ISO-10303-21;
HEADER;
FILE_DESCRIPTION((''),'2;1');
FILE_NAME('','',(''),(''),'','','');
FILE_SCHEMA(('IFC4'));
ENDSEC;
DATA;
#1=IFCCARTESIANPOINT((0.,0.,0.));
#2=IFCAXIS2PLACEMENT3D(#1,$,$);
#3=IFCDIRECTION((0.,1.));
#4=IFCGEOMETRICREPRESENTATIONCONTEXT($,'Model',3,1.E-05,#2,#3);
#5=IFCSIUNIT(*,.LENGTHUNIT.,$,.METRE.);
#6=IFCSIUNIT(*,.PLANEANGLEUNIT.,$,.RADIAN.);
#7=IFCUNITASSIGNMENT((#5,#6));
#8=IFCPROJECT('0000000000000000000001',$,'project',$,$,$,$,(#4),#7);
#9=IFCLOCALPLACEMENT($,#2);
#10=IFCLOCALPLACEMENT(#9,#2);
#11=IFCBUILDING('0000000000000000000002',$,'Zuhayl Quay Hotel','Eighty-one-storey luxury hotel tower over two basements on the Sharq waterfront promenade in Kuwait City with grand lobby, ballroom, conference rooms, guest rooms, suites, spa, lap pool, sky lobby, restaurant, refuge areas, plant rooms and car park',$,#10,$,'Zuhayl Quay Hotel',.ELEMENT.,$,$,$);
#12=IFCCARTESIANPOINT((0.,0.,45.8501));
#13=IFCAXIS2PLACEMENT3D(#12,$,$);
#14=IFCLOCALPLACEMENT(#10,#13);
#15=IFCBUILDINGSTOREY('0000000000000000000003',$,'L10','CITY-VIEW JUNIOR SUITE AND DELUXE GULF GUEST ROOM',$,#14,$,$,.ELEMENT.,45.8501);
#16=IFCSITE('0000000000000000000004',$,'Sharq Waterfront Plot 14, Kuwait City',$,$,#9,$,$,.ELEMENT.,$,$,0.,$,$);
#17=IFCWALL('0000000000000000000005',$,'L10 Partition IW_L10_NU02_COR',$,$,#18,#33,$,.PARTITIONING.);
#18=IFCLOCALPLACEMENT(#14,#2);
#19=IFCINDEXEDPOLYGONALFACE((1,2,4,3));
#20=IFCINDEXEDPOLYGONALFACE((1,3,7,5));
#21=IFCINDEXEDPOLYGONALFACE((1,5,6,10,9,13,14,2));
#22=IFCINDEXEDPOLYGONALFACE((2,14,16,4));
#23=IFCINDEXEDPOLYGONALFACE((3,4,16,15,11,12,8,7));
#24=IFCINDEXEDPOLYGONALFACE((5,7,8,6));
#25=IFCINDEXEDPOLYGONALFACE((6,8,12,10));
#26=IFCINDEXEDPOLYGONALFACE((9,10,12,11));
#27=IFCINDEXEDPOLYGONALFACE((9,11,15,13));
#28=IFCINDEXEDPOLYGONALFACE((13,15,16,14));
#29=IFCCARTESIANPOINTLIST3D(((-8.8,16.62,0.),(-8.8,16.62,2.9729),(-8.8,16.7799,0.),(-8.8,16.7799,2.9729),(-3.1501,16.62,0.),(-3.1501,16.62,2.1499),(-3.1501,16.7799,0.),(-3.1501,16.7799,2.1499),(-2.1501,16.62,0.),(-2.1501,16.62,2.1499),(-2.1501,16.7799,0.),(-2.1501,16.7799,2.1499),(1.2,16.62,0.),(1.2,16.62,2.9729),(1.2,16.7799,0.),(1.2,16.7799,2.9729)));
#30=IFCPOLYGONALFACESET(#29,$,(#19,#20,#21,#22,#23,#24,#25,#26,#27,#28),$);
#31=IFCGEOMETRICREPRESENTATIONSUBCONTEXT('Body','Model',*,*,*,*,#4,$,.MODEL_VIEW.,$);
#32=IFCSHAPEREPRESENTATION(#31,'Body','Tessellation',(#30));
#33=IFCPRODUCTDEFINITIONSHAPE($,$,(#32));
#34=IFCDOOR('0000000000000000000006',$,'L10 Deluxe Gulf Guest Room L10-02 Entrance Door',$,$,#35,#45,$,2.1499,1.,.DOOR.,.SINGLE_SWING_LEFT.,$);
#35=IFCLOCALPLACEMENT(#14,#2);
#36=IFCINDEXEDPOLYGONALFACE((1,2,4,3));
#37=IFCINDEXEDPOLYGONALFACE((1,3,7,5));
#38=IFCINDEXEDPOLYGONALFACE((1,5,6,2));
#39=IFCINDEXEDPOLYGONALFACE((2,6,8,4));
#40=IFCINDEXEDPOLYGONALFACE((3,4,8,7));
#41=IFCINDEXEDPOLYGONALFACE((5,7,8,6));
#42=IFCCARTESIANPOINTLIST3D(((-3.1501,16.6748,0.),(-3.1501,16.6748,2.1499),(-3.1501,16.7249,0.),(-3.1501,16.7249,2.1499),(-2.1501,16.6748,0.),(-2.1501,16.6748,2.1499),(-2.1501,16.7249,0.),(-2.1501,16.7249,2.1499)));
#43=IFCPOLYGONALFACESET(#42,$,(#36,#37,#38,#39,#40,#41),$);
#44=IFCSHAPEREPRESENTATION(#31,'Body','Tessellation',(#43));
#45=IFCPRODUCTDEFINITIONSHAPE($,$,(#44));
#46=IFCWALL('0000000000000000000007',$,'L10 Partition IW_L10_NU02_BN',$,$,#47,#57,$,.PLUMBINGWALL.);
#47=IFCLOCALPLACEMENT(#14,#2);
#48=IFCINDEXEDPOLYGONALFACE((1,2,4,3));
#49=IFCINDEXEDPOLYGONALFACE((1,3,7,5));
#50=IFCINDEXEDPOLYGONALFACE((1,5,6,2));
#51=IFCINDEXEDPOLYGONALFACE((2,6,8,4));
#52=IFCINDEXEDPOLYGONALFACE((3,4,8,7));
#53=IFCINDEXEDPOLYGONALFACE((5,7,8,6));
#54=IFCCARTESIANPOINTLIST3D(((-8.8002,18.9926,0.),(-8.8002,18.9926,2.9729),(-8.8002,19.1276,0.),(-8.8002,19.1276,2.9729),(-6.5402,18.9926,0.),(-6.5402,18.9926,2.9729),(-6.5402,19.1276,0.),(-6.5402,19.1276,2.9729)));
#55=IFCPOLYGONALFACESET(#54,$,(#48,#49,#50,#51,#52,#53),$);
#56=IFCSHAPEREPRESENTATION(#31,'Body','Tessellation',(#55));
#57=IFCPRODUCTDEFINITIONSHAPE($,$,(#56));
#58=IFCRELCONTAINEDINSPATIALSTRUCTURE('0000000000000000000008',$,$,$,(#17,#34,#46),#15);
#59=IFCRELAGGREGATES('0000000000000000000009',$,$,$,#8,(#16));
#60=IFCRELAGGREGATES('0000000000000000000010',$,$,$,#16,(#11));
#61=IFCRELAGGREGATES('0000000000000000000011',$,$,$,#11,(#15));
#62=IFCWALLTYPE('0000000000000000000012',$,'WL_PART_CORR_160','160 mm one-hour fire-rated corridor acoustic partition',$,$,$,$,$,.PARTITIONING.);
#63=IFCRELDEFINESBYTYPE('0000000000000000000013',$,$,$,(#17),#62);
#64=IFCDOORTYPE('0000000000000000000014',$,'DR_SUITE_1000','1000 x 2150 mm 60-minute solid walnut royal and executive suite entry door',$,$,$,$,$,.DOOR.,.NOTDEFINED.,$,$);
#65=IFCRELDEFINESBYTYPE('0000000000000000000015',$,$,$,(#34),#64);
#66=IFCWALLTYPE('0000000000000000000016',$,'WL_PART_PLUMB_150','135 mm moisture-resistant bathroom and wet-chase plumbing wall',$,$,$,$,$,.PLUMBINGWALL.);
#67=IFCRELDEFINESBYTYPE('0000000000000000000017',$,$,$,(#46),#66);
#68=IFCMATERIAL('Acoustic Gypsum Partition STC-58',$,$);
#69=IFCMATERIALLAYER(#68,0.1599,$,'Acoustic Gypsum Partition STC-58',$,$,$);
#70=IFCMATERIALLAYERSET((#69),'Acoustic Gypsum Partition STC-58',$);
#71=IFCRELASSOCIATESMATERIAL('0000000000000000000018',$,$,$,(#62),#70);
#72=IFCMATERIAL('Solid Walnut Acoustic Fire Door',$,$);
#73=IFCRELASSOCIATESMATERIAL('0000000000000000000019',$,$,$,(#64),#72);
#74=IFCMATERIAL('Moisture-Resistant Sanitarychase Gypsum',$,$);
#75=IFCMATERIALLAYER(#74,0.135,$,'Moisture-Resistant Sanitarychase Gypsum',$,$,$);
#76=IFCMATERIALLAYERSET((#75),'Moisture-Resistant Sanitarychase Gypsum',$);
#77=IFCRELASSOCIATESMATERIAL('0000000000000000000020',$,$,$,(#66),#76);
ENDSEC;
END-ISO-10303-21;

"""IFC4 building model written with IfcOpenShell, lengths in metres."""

from ifc_helpers import new_model, si_unit, direction, frame, frame_2d, origin, place, context, subcontext, project, spatial, rectangle, extrude, material, layer, layer_set, type_object, element, fill, save


model = new_model("IFC4")

# Units and contexts
model_context = context("Model", 3, precision=1e-05, world=origin(), true_north=direction((0.0, 1.0)))
body_context = subcontext(model_context, "Body", "Model", "MODEL_VIEW")
ifc_project = project(units=[si_unit("LENGTHUNIT", "METRE"), si_unit("PLANEANGLEUNIT", "RADIAN")], contexts=[model_context])

# Site, building, storey
site_placement = place(None, origin())
site = spatial("IfcSite", under=ifc_project, at=site_placement, Name="Sharq Waterfront Plot 14, Kuwait City", CompositionType="ELEMENT", RefElevation=0.0)
building_placement = place(site_placement, origin())
building = spatial("IfcBuilding", under=site, at=building_placement, Name="Zuhayl Quay Hotel", Description="Eighty-one-storey luxury hotel tower over two basements on the Sharq waterfront promenade in Kuwait City with grand lobby, ballroom, conference rooms, guest rooms, suites, spa, lap pool, sky lobby, restaurant, refuge areas, plant rooms and car park", LongName="Zuhayl Quay Hotel", CompositionType="ELEMENT")
storey_placement = place(building_placement, frame((0.0, 0.0, 45.8501)))
storey = spatial("IfcBuildingStorey", under=building, at=storey_placement, Name="L10", Description="CITY-VIEW JUNIOR SUITE AND DELUXE GULF GUEST ROOM", CompositionType="ELEMENT", Elevation=45.8501)

# Shared definitions
ifc_material_1 = material(Name="Acoustic Gypsum Partition STC-58")

# Wall, opening, door
ifc_layer_1 = layer(ifc_material_1, 0.1599, Name="Acoustic Gypsum Partition STC-58")
ifc_layer_set_1 = layer_set([ifc_layer_1], Name="Acoustic Gypsum Partition STC-58")
wall_type_1 = type_object("IfcWallType", Name="WL_PART_CORR_160", Description="160 mm one-hour fire-rated corridor acoustic partition", PredefinedType="PARTITIONING", material=ifc_layer_set_1)
wall_1_placement = place(storey_placement, frame((-8.8, 16.7, 0.0), z_axis=(0.0, 0.0, 1.0), x_axis=(1.0, 0.0, 0.0)))
wall_1 = element("IfcWall", 1, at=wall_1_placement, inside=storey, type_object=wall_type_1, Name="L10 Partition IW_L10_NU02_COR", PredefinedType="PARTITIONING", context=body_context, shape_type="SweptSolid", body=[
    extrude(rectangle(XDim=10.0, YDim=0.1599, at=frame_2d((5.0, 0.0))), origin(), (0.0, 0.0, 1.0), 2.9729),
])
opening_placement = place(wall_1_placement, frame((5.6499, 0.0, 0.0)))
opening = element("IfcOpeningElement", 2, at=opening_placement, cuts=wall_1, PredefinedType="OPENING", context=body_context, shape_type="SweptSolid", body=[
    extrude(rectangle(XDim=1.0, YDim=2.1499, at=frame_2d((0.5, 1.075))), frame((0.0, 0.0898, 0.0), z_axis=(0.0, -1.0, 0.0), x_axis=(1.0, 0.0, 0.0)), (0.0, 0.0, 1.0), 0.1799),
])
ifc_material_2 = material(Name="Solid Walnut Acoustic Fire Door")
door_type = type_object("IfcDoorType", Name="DR_SUITE_1000", Description="1000 x 2150 mm 60-minute solid walnut royal and executive suite entry door", OperationType="NOTDEFINED", PredefinedType="DOOR", material=ifc_material_2)
door_placement = place(opening_placement, origin())
door = element("IfcDoor", 3, at=door_placement, inside=storey, type_object=door_type, Name="L10 Deluxe Gulf Guest Room L10-02 Entrance Door", OperationType="SINGLE_SWING_LEFT", OverallHeight=2.1499, OverallWidth=1.0, PredefinedType="DOOR", context=body_context, shape_type="SweptSolid", body=[
    extrude(rectangle(XDim=1.0, YDim=2.1499, at=frame_2d((0.5, 1.075))), frame((0.0, 0.0249, 0.0), z_axis=(0.0, -1.0, 0.0), x_axis=(1.0, 0.0, 0.0)), (0.0, 0.0, 1.0), 0.05),
])
fill(opening, door)

# Wall
ifc_material_3 = material(Name="Moisture-Resistant Sanitarychase Gypsum")
ifc_layer_2 = layer(ifc_material_3, 0.135, Name="Moisture-Resistant Sanitarychase Gypsum")
ifc_layer_set_2 = layer_set([ifc_layer_2], Name="Moisture-Resistant Sanitarychase Gypsum")
wall_type_2 = type_object("IfcWallType", Name="WL_PART_PLUMB_150", Description="135 mm moisture-resistant bathroom and wet-chase plumbing wall", PredefinedType="PLUMBINGWALL", material=ifc_layer_set_2)
wall_2_placement = place(storey_placement, frame((-8.8, 19.0601, 0.0), z_axis=(0.0, 0.0, 1.0), x_axis=(1.0, 0.0, 0.0)))
element("IfcWall", 4, at=wall_2_placement, inside=storey, type_object=wall_type_2, Name="L10 Partition IW_L10_NU02_BN", PredefinedType="PLUMBINGWALL", context=body_context, shape_type="SweptSolid", body=[
    extrude(rectangle(XDim=2.26, YDim=0.135, at=frame_2d((1.1299, 0.0))), origin(), (0.0, 0.0, 1.0), 2.9729),
])

save(model, "model.ifc")
